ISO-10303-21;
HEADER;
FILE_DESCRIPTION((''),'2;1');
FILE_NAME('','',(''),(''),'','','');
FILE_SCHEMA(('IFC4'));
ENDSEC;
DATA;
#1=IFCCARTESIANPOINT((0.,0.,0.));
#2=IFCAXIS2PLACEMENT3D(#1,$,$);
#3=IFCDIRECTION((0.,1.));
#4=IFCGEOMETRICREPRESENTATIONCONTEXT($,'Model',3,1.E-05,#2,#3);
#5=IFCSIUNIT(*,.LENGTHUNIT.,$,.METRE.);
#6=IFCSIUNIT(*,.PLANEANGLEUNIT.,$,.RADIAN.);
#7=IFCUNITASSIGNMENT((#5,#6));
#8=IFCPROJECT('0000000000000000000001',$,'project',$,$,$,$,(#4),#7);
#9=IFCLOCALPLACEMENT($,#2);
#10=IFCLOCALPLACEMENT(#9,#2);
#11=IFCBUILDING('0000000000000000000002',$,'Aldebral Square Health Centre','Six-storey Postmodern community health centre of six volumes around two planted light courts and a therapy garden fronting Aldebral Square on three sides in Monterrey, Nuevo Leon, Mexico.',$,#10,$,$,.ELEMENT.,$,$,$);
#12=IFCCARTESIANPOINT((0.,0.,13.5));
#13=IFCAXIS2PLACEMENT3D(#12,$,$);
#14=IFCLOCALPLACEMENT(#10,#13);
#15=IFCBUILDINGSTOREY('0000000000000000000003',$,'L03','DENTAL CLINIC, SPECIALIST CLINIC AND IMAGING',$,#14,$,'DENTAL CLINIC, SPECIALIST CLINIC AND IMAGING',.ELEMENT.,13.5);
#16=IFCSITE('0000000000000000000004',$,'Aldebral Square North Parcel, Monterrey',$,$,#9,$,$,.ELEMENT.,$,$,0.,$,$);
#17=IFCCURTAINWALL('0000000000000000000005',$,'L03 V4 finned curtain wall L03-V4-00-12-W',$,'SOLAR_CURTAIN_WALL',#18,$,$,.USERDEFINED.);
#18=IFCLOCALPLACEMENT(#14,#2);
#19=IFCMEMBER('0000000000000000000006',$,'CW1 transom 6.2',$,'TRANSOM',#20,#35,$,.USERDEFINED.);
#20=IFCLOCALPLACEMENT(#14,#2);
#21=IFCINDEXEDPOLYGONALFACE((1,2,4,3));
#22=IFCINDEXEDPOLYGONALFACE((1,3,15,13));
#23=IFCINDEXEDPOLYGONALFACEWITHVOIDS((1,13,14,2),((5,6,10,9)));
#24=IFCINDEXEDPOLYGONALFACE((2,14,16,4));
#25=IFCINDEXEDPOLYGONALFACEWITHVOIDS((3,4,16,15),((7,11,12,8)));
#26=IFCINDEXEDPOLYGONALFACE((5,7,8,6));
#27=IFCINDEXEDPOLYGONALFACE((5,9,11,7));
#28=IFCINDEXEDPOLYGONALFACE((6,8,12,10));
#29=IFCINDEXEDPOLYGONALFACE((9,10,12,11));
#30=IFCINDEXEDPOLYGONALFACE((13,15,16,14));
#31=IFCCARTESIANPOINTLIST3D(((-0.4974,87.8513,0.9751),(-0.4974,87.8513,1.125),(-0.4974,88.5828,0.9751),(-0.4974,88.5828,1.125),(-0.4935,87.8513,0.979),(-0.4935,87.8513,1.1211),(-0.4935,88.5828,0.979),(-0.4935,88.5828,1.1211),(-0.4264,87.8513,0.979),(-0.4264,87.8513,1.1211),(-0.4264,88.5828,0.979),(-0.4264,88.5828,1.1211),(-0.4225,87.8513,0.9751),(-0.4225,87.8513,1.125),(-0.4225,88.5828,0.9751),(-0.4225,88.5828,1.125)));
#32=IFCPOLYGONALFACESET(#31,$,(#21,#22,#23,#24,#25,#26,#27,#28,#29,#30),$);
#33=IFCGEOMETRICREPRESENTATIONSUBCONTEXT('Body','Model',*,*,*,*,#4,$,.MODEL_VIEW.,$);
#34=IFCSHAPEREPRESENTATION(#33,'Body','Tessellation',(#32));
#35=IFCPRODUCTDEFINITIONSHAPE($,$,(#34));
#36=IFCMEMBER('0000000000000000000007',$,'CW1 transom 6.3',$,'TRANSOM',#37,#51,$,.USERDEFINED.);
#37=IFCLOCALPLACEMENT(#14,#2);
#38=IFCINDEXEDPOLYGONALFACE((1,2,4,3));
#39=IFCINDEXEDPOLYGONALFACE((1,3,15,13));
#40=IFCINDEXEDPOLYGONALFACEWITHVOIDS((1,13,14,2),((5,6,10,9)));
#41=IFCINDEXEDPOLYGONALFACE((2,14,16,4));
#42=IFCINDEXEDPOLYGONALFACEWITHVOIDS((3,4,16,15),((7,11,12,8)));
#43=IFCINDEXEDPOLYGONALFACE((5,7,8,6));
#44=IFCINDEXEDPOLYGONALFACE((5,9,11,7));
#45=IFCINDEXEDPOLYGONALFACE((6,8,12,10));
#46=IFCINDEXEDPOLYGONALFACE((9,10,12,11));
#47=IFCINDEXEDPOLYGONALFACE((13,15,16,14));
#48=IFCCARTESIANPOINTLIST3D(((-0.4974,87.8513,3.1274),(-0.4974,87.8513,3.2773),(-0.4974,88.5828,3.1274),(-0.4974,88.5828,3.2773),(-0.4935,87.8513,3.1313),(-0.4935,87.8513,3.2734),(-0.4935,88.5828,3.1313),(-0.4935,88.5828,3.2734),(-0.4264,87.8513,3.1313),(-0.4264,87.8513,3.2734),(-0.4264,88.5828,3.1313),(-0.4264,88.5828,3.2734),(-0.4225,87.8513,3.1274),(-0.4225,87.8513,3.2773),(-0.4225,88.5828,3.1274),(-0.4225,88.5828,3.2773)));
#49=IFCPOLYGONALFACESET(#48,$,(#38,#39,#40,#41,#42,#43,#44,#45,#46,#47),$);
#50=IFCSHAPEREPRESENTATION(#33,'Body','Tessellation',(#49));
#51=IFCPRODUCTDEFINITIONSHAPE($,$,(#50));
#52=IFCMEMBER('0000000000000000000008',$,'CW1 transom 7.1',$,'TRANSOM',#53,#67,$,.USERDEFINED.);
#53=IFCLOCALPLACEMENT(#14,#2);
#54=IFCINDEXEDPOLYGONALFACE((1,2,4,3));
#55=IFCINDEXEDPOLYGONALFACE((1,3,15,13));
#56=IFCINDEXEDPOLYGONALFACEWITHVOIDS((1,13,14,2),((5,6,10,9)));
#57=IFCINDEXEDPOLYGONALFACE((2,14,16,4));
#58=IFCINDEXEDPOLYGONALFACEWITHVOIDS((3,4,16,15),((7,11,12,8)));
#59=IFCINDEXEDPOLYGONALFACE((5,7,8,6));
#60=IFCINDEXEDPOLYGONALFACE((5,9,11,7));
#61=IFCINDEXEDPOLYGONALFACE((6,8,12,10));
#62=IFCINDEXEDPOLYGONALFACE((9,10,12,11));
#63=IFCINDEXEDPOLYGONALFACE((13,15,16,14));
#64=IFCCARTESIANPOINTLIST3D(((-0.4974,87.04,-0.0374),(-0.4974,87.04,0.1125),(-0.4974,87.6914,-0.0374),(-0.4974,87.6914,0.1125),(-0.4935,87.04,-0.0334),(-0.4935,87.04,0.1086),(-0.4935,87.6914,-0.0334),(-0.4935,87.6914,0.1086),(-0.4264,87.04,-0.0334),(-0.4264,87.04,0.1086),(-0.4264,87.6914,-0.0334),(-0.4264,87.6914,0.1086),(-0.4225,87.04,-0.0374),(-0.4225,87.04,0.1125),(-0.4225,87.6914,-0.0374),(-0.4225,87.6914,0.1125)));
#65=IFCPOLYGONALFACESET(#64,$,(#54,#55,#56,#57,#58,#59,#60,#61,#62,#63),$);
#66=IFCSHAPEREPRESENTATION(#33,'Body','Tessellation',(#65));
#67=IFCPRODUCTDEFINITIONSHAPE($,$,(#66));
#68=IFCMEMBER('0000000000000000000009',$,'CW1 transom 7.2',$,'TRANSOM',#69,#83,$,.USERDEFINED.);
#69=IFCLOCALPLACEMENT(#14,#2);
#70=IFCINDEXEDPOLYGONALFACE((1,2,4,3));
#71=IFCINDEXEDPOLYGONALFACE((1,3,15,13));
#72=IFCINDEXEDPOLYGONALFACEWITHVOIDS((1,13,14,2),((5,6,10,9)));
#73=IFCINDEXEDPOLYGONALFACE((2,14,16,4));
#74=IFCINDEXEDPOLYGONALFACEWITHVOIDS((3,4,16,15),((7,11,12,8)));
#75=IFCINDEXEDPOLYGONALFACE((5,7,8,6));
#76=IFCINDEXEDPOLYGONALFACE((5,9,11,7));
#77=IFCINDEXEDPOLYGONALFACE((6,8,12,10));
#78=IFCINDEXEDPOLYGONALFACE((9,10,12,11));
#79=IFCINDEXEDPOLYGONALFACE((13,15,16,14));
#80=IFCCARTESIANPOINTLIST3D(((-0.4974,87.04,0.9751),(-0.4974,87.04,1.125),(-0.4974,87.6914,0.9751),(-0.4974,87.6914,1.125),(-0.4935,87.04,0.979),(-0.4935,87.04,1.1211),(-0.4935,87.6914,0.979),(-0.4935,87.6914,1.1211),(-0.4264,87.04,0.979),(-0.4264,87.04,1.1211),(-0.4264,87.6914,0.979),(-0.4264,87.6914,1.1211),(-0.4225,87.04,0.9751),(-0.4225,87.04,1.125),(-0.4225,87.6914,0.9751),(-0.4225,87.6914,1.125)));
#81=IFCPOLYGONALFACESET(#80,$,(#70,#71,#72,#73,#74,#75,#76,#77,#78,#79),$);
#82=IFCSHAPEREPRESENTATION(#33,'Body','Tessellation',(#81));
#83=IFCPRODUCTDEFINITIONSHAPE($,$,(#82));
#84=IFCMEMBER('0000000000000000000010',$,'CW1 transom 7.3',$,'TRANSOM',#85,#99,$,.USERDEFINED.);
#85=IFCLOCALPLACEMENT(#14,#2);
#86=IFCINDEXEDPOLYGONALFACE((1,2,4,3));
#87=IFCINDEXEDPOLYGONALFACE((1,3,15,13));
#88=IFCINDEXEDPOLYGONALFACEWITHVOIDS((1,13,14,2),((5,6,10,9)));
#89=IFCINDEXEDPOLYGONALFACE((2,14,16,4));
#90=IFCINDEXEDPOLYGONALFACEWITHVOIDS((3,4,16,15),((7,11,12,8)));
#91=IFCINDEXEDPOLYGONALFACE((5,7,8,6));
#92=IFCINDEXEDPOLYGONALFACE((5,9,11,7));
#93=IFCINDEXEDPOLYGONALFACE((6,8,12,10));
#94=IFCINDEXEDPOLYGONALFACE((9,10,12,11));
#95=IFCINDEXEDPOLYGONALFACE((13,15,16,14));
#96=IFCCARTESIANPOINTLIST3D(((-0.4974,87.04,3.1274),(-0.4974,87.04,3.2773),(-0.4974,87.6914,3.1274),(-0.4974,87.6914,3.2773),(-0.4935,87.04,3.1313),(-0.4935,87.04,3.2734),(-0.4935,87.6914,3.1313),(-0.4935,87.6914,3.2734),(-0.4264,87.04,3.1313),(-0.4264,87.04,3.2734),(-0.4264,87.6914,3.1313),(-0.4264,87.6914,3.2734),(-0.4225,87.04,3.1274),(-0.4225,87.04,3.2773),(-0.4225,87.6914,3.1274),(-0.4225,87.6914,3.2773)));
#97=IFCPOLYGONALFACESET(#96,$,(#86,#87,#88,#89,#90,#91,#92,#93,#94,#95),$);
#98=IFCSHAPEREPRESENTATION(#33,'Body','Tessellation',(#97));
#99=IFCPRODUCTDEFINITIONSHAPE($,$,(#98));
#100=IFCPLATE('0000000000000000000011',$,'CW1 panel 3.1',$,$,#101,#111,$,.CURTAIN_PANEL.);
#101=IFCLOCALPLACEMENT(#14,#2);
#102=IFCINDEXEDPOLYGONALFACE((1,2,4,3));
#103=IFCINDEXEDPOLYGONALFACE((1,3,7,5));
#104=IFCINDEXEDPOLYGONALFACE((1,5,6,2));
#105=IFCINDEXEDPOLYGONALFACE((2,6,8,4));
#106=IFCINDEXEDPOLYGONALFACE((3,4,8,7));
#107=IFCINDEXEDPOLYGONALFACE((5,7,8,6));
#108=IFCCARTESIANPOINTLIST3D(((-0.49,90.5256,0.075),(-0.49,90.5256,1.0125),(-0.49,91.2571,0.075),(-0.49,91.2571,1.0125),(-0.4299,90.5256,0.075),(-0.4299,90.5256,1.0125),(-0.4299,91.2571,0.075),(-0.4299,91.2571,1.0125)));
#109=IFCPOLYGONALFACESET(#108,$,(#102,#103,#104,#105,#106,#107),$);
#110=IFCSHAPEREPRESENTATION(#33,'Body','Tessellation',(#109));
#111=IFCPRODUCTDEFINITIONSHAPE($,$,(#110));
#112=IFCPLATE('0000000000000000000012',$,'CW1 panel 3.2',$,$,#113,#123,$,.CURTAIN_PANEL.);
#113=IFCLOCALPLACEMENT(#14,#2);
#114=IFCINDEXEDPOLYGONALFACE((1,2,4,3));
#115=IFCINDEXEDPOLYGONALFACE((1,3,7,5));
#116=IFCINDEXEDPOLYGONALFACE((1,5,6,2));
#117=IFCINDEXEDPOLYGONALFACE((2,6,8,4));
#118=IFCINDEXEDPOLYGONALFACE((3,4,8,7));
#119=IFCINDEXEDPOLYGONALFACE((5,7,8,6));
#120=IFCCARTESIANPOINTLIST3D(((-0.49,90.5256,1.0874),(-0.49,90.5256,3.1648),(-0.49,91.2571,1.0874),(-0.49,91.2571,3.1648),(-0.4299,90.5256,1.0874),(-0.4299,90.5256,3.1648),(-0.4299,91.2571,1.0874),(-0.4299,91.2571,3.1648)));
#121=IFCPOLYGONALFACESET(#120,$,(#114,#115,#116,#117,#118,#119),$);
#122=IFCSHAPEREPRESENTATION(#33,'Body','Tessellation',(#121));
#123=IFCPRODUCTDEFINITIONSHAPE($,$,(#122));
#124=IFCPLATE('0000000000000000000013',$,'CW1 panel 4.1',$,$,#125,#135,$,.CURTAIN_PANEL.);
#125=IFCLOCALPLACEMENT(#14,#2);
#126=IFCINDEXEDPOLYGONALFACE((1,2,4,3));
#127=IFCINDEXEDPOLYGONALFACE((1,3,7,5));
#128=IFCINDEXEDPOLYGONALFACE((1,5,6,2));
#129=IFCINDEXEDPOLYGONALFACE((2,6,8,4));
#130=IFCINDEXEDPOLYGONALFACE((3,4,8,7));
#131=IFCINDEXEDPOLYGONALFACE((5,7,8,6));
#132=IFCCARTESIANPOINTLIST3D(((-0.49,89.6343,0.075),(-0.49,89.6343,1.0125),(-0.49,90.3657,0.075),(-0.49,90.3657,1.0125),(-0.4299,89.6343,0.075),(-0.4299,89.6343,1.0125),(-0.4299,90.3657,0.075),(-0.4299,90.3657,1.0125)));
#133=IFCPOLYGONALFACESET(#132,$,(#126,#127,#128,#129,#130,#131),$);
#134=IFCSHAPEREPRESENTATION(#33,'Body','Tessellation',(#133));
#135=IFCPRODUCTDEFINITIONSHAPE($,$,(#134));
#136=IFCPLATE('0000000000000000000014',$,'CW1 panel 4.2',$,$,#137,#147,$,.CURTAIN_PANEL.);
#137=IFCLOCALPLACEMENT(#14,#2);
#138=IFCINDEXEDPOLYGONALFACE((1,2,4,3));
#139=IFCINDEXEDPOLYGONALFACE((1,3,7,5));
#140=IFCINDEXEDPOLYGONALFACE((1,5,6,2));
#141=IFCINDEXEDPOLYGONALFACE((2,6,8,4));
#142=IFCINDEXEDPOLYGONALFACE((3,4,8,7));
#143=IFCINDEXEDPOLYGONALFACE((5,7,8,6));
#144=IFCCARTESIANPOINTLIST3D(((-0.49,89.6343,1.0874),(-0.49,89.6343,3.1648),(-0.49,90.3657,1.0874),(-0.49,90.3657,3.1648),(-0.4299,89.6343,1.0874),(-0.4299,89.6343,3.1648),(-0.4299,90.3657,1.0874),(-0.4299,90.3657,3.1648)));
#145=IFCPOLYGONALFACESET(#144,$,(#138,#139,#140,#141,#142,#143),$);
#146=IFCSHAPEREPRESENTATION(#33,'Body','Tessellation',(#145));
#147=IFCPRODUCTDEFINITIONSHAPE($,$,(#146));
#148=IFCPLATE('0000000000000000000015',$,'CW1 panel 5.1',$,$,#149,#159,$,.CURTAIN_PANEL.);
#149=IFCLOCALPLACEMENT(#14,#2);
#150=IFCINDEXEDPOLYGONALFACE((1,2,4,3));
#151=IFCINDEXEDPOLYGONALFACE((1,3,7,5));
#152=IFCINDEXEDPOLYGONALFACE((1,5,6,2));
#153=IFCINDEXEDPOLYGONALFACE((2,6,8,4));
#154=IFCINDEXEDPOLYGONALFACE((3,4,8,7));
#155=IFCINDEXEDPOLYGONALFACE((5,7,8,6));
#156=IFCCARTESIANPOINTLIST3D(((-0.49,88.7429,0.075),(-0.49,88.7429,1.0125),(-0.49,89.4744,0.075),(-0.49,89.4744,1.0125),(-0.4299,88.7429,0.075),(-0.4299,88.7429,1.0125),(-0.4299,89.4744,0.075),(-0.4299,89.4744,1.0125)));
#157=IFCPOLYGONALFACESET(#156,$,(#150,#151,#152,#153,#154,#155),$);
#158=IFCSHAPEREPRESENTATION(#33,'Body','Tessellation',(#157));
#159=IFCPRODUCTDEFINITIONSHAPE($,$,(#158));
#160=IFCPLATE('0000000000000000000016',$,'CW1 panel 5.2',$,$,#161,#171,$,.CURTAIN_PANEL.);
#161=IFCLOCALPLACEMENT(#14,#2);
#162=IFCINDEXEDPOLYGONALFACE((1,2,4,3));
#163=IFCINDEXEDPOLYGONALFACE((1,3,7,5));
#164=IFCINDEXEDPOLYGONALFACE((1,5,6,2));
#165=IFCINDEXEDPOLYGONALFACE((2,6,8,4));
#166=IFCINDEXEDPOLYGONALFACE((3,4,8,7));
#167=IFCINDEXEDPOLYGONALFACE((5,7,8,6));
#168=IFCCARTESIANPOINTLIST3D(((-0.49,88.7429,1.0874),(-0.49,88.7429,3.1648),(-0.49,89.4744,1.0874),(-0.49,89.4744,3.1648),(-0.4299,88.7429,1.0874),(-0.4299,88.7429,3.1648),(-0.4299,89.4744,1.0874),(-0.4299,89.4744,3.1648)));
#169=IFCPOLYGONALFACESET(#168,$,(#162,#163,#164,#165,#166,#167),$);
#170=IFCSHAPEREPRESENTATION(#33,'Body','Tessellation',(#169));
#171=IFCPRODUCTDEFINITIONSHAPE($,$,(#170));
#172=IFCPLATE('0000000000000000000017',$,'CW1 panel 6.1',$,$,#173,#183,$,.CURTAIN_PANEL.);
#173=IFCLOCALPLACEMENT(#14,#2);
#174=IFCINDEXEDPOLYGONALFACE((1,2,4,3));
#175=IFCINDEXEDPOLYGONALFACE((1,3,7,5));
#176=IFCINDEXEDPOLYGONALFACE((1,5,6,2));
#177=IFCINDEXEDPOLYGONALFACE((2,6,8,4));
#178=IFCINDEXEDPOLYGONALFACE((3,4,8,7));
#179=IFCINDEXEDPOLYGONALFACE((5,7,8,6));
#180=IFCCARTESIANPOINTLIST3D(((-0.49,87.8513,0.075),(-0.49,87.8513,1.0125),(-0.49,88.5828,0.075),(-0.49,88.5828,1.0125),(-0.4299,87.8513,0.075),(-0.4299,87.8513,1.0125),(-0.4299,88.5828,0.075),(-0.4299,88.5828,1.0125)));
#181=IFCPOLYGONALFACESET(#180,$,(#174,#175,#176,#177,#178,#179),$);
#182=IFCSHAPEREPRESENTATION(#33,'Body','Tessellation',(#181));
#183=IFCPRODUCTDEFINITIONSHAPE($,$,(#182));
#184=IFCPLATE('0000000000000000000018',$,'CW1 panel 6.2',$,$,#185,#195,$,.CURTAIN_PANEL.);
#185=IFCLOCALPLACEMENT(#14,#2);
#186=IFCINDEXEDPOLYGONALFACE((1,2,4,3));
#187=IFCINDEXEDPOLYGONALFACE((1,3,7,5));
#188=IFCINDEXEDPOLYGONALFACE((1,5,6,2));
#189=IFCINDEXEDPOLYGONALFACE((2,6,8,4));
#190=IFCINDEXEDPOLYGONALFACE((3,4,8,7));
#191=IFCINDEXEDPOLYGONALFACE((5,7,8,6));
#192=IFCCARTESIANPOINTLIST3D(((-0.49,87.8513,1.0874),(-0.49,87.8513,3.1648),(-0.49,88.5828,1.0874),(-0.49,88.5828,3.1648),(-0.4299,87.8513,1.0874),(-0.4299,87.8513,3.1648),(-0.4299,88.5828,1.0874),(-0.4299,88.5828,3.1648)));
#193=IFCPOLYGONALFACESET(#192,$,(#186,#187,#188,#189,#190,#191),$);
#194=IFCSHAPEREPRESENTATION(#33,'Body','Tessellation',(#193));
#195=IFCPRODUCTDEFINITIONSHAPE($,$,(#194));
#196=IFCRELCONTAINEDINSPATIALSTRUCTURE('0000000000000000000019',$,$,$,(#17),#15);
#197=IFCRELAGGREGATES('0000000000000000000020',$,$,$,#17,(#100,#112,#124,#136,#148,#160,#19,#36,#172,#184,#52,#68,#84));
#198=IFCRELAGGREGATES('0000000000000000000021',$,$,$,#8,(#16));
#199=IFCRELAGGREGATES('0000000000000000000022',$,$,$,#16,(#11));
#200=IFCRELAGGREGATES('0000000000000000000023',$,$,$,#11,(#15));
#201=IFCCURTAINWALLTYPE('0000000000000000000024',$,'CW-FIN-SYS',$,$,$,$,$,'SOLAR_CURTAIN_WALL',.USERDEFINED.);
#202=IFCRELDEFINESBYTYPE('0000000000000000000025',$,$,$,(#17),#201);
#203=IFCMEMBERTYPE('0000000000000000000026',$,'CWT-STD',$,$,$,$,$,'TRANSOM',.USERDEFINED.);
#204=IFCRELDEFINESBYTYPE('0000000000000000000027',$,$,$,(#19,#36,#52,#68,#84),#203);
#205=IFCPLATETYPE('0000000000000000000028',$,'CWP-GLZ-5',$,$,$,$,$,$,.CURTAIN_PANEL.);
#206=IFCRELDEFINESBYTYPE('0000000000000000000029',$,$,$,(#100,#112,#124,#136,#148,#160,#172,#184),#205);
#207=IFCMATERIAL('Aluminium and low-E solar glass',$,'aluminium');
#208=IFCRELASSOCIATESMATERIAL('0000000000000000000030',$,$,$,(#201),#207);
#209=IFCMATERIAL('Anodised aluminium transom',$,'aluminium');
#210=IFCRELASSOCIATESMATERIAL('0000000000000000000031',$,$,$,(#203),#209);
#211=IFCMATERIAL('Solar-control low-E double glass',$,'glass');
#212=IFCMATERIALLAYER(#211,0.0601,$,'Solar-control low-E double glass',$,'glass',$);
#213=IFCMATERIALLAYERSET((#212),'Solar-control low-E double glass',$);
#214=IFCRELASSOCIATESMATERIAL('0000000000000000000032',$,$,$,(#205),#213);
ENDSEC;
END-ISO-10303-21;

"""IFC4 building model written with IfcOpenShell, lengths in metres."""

from ifc_helpers import new_model, si_unit, direction, frame, origin, origin_2d, place, context, subcontext, project, spatial, rectangle, hollow_rectangle, extrude, material, layer, layer_set, material_profile, profile_set, type_object, element, aggregate, save


model = new_model("IFC4")

# Units and contexts
model_context = context("Model", 3, precision=1e-05, world=origin(), true_north=direction((0.0, 1.0)))
body_context = subcontext(model_context, "Body", "Model", "MODEL_VIEW")
ifc_project = project(units=[si_unit("LENGTHUNIT", "METRE"), si_unit("PLANEANGLEUNIT", "RADIAN")], contexts=[model_context])

# Site, building, storey
site_placement = place(None, origin())
site = spatial("IfcSite", under=ifc_project, at=site_placement, Name="Aldebral Square North Parcel, Monterrey", CompositionType="ELEMENT", RefElevation=0.0)
building_placement = place(site_placement, origin())
building = spatial("IfcBuilding", under=site, at=building_placement, Name="Aldebral Square Health Centre", Description="Six-storey Postmodern community health centre of six volumes around two planted light courts and a therapy garden fronting Aldebral Square on three sides in Monterrey, Nuevo Leon, Mexico.", CompositionType="ELEMENT")
storey_placement = place(building_placement, frame((0.0, 0.0, 13.5)))
storey = spatial("IfcBuildingStorey", under=building, at=storey_placement, Name="L03", Description="DENTAL CLINIC, SPECIALIST CLINIC AND IMAGING", LongName="DENTAL CLINIC, SPECIALIST CLINIC AND IMAGING", CompositionType="ELEMENT", Elevation=13.5)

# Curtain wall, members, plates
ifc_material_1 = material(Name="Aluminium and low-E solar glass", Category="aluminium")
curtain_wall_type = type_object("IfcCurtainWallType", Name="CW-FIN-SYS", ElementType="SOLAR_CURTAIN_WALL", PredefinedType="USERDEFINED", material=ifc_material_1)
curtain_wall_placement = place(storey_placement, origin())
curtain_wall = element("IfcCurtainWall", 1, at=curtain_wall_placement, inside=storey, type_object=curtain_wall_type, Name="L03 V4 finned curtain wall L03-V4-00-12-W", ObjectType="SOLAR_CURTAIN_WALL", PredefinedType="USERDEFINED")
ifc_material_2 = material(Name="Anodised aluminium transom", Category="aluminium")
ifc_material_profile_1 = material_profile(ifc_material_2, hollow_rectangle(XDim=0.075, YDim=0.1499, WallThickness=0.0039, at=origin_2d()), Name="CWT 75x150x4")
ifc_profile_set_1 = profile_set([ifc_material_profile_1], Name="Anodised aluminium transom")
member_type_1 = type_object("IfcMemberType", Name="CWT-STD", ElementType="TRANSOM", PredefinedType="USERDEFINED", material=ifc_profile_set_1)
member_1_placement = place(storey_placement, frame((-0.46, 88.5828, 1.05), z_axis=(0.0, -1.0, 0.0), x_axis=(1.0, 0.0, 0.0)))
member_1 = element("IfcMember", 2, at=member_1_placement, type_object=member_type_1, Name="CW1 transom 6.2", ObjectType="TRANSOM", PredefinedType="USERDEFINED", context=body_context, shape_type="SweptSolid", body=[
    extrude(hollow_rectangle(XDim=0.075, YDim=0.1499, WallThickness=0.0039, at=origin_2d()), origin(), (0.0, 0.0, 1.0), 0.7314),
])
member_2_placement = place(storey_placement, frame((-0.46, 88.5828, 3.2024), z_axis=(0.0, -1.0, 0.0), x_axis=(1.0, 0.0, 0.0)))
member_2 = element("IfcMember", 3, at=member_2_placement, type_object=member_type_1, Name="CW1 transom 6.3", ObjectType="TRANSOM", PredefinedType="USERDEFINED", context=body_context, shape_type="SweptSolid", body=[
    extrude(hollow_rectangle(XDim=0.075, YDim=0.1499, WallThickness=0.0039, at=origin_2d()), origin(), (0.0, 0.0, 1.0), 0.7314),
])
member_3_placement = place(storey_placement, frame((-0.46, 87.6914, 0.0376), z_axis=(0.0, -1.0, 0.0), x_axis=(1.0, 0.0, 0.0)))
member_3 = element("IfcMember", 4, at=member_3_placement, type_object=member_type_1, Name="CW1 transom 7.1", ObjectType="TRANSOM", PredefinedType="USERDEFINED", context=body_context, shape_type="SweptSolid", body=[
    extrude(hollow_rectangle(XDim=0.075, YDim=0.1499, WallThickness=0.0039, at=origin_2d()), origin(), (0.0, 0.0, 1.0), 0.6514),
])
member_4_placement = place(storey_placement, frame((-0.46, 87.6914, 1.05), z_axis=(0.0, -1.0, 0.0), x_axis=(1.0, 0.0, 0.0)))
member_4 = element("IfcMember", 5, at=member_4_placement, type_object=member_type_1, Name="CW1 transom 7.2", ObjectType="TRANSOM", PredefinedType="USERDEFINED", context=body_context, shape_type="SweptSolid", body=[
    extrude(hollow_rectangle(XDim=0.075, YDim=0.1499, WallThickness=0.0039, at=origin_2d()), origin(), (0.0, 0.0, 1.0), 0.6514),
])
member_5_placement = place(storey_placement, frame((-0.46, 87.6914, 3.2024), z_axis=(0.0, -1.0, 0.0), x_axis=(1.0, 0.0, 0.0)))
member_5 = element("IfcMember", 6, at=member_5_placement, type_object=member_type_1, Name="CW1 transom 7.3", ObjectType="TRANSOM", PredefinedType="USERDEFINED", context=body_context, shape_type="SweptSolid", body=[
    extrude(hollow_rectangle(XDim=0.075, YDim=0.1499, WallThickness=0.0039, at=origin_2d()), origin(), (0.0, 0.0, 1.0), 0.6514),
])
ifc_material_3 = material(Name="Solar-control low-E double glass", Category="glass")
ifc_layer = layer(ifc_material_3, 0.0601, Name="Solar-control low-E double glass", Category="glass")
ifc_layer_set = layer_set([ifc_layer], Name="Solar-control low-E double glass")
plate_type = type_object("IfcPlateType", Name="CWP-GLZ-5", PredefinedType="CURTAIN_PANEL", material=ifc_layer_set)
plate_1_placement = place(storey_placement, frame((-0.46, 90.8914, 0.075), z_axis=(0.0, 0.0, 1.0), x_axis=(0.0, -1.0, 0.0)))
plate_1 = element("IfcPlate", 7, at=plate_1_placement, type_object=plate_type, Name="CW1 panel 3.1", PredefinedType="CURTAIN_PANEL", context=body_context, shape_type="SweptSolid", body=[
    extrude(rectangle(XDim=0.7314, YDim=0.0601, at=origin_2d()), origin(), (0.0, 0.0, 1.0), 0.9375),
])
plate_2_placement = place(storey_placement, frame((-0.46, 90.8914, 1.0874), z_axis=(0.0, 0.0, 1.0), x_axis=(0.0, -1.0, 0.0)))
plate_2 = element("IfcPlate", 8, at=plate_2_placement, type_object=plate_type, Name="CW1 panel 3.2", PredefinedType="CURTAIN_PANEL", context=body_context, shape_type="SweptSolid", body=[
    extrude(rectangle(XDim=0.7314, YDim=0.0601, at=origin_2d()), origin(), (0.0, 0.0, 1.0), 2.0774),
])
plate_3_placement = place(storey_placement, frame((-0.46, 90.0, 0.075), z_axis=(0.0, 0.0, 1.0), x_axis=(0.0, -1.0, 0.0)))
plate_3 = element("IfcPlate", 9, at=plate_3_placement, type_object=plate_type, Name="CW1 panel 4.1", PredefinedType="CURTAIN_PANEL", context=body_context, shape_type="SweptSolid", body=[
    extrude(rectangle(XDim=0.7314, YDim=0.0601, at=origin_2d()), origin(), (0.0, 0.0, 1.0), 0.9375),
])
plate_4_placement = place(storey_placement, frame((-0.46, 90.0, 1.0874), z_axis=(0.0, 0.0, 1.0), x_axis=(0.0, -1.0, 0.0)))
plate_4 = element("IfcPlate", 10, at=plate_4_placement, type_object=plate_type, Name="CW1 panel 4.2", PredefinedType="CURTAIN_PANEL", context=body_context, shape_type="SweptSolid", body=[
    extrude(rectangle(XDim=0.7314, YDim=0.0601, at=origin_2d()), origin(), (0.0, 0.0, 1.0), 2.0774),
])
plate_5_placement = place(storey_placement, frame((-0.46, 89.1086, 0.075), z_axis=(0.0, 0.0, 1.0), x_axis=(0.0, -1.0, 0.0)))
plate_5 = element("IfcPlate", 11, at=plate_5_placement, type_object=plate_type, Name="CW1 panel 5.1", PredefinedType="CURTAIN_PANEL", context=body_context, shape_type="SweptSolid", body=[
    extrude(rectangle(XDim=0.7314, YDim=0.0601, at=origin_2d()), origin(), (0.0, 0.0, 1.0), 0.9375),
])
plate_6_placement = place(storey_placement, frame((-0.46, 89.1086, 1.0874), z_axis=(0.0, 0.0, 1.0), x_axis=(0.0, -1.0, 0.0)))
plate_6 = element("IfcPlate", 12, at=plate_6_placement, type_object=plate_type, Name="CW1 panel 5.2", PredefinedType="CURTAIN_PANEL", context=body_context, shape_type="SweptSolid", body=[
    extrude(rectangle(XDim=0.7314, YDim=0.0601, at=origin_2d()), origin(), (0.0, 0.0, 1.0), 2.0774),
])
plate_7_placement = place(storey_placement, frame((-0.46, 88.217, 0.075), z_axis=(0.0, 0.0, 1.0), x_axis=(0.0, -1.0, 0.0)))
plate_7 = element("IfcPlate", 13, at=plate_7_placement, type_object=plate_type, Name="CW1 panel 6.1", PredefinedType="CURTAIN_PANEL", context=body_context, shape_type="SweptSolid", body=[
    extrude(rectangle(XDim=0.7314, YDim=0.0601, at=origin_2d()), origin(), (0.0, 0.0, 1.0), 0.9375),
])
plate_8_placement = place(storey_placement, frame((-0.46, 88.217, 1.0874), z_axis=(0.0, 0.0, 1.0), x_axis=(0.0, -1.0, 0.0)))
plate_8 = element("IfcPlate", 14, at=plate_8_placement, type_object=plate_type, Name="CW1 panel 6.2", PredefinedType="CURTAIN_PANEL", context=body_context, shape_type="SweptSolid", body=[
    extrude(rectangle(XDim=0.7314, YDim=0.0601, at=origin_2d()), origin(), (0.0, 0.0, 1.0), 2.0774),
])
aggregate(curtain_wall, [plate_1, plate_2, plate_3, plate_4, plate_5, plate_6, member_1, member_2, plate_7, plate_8, member_3, member_4, member_5])

save(model, "model.ifc")
